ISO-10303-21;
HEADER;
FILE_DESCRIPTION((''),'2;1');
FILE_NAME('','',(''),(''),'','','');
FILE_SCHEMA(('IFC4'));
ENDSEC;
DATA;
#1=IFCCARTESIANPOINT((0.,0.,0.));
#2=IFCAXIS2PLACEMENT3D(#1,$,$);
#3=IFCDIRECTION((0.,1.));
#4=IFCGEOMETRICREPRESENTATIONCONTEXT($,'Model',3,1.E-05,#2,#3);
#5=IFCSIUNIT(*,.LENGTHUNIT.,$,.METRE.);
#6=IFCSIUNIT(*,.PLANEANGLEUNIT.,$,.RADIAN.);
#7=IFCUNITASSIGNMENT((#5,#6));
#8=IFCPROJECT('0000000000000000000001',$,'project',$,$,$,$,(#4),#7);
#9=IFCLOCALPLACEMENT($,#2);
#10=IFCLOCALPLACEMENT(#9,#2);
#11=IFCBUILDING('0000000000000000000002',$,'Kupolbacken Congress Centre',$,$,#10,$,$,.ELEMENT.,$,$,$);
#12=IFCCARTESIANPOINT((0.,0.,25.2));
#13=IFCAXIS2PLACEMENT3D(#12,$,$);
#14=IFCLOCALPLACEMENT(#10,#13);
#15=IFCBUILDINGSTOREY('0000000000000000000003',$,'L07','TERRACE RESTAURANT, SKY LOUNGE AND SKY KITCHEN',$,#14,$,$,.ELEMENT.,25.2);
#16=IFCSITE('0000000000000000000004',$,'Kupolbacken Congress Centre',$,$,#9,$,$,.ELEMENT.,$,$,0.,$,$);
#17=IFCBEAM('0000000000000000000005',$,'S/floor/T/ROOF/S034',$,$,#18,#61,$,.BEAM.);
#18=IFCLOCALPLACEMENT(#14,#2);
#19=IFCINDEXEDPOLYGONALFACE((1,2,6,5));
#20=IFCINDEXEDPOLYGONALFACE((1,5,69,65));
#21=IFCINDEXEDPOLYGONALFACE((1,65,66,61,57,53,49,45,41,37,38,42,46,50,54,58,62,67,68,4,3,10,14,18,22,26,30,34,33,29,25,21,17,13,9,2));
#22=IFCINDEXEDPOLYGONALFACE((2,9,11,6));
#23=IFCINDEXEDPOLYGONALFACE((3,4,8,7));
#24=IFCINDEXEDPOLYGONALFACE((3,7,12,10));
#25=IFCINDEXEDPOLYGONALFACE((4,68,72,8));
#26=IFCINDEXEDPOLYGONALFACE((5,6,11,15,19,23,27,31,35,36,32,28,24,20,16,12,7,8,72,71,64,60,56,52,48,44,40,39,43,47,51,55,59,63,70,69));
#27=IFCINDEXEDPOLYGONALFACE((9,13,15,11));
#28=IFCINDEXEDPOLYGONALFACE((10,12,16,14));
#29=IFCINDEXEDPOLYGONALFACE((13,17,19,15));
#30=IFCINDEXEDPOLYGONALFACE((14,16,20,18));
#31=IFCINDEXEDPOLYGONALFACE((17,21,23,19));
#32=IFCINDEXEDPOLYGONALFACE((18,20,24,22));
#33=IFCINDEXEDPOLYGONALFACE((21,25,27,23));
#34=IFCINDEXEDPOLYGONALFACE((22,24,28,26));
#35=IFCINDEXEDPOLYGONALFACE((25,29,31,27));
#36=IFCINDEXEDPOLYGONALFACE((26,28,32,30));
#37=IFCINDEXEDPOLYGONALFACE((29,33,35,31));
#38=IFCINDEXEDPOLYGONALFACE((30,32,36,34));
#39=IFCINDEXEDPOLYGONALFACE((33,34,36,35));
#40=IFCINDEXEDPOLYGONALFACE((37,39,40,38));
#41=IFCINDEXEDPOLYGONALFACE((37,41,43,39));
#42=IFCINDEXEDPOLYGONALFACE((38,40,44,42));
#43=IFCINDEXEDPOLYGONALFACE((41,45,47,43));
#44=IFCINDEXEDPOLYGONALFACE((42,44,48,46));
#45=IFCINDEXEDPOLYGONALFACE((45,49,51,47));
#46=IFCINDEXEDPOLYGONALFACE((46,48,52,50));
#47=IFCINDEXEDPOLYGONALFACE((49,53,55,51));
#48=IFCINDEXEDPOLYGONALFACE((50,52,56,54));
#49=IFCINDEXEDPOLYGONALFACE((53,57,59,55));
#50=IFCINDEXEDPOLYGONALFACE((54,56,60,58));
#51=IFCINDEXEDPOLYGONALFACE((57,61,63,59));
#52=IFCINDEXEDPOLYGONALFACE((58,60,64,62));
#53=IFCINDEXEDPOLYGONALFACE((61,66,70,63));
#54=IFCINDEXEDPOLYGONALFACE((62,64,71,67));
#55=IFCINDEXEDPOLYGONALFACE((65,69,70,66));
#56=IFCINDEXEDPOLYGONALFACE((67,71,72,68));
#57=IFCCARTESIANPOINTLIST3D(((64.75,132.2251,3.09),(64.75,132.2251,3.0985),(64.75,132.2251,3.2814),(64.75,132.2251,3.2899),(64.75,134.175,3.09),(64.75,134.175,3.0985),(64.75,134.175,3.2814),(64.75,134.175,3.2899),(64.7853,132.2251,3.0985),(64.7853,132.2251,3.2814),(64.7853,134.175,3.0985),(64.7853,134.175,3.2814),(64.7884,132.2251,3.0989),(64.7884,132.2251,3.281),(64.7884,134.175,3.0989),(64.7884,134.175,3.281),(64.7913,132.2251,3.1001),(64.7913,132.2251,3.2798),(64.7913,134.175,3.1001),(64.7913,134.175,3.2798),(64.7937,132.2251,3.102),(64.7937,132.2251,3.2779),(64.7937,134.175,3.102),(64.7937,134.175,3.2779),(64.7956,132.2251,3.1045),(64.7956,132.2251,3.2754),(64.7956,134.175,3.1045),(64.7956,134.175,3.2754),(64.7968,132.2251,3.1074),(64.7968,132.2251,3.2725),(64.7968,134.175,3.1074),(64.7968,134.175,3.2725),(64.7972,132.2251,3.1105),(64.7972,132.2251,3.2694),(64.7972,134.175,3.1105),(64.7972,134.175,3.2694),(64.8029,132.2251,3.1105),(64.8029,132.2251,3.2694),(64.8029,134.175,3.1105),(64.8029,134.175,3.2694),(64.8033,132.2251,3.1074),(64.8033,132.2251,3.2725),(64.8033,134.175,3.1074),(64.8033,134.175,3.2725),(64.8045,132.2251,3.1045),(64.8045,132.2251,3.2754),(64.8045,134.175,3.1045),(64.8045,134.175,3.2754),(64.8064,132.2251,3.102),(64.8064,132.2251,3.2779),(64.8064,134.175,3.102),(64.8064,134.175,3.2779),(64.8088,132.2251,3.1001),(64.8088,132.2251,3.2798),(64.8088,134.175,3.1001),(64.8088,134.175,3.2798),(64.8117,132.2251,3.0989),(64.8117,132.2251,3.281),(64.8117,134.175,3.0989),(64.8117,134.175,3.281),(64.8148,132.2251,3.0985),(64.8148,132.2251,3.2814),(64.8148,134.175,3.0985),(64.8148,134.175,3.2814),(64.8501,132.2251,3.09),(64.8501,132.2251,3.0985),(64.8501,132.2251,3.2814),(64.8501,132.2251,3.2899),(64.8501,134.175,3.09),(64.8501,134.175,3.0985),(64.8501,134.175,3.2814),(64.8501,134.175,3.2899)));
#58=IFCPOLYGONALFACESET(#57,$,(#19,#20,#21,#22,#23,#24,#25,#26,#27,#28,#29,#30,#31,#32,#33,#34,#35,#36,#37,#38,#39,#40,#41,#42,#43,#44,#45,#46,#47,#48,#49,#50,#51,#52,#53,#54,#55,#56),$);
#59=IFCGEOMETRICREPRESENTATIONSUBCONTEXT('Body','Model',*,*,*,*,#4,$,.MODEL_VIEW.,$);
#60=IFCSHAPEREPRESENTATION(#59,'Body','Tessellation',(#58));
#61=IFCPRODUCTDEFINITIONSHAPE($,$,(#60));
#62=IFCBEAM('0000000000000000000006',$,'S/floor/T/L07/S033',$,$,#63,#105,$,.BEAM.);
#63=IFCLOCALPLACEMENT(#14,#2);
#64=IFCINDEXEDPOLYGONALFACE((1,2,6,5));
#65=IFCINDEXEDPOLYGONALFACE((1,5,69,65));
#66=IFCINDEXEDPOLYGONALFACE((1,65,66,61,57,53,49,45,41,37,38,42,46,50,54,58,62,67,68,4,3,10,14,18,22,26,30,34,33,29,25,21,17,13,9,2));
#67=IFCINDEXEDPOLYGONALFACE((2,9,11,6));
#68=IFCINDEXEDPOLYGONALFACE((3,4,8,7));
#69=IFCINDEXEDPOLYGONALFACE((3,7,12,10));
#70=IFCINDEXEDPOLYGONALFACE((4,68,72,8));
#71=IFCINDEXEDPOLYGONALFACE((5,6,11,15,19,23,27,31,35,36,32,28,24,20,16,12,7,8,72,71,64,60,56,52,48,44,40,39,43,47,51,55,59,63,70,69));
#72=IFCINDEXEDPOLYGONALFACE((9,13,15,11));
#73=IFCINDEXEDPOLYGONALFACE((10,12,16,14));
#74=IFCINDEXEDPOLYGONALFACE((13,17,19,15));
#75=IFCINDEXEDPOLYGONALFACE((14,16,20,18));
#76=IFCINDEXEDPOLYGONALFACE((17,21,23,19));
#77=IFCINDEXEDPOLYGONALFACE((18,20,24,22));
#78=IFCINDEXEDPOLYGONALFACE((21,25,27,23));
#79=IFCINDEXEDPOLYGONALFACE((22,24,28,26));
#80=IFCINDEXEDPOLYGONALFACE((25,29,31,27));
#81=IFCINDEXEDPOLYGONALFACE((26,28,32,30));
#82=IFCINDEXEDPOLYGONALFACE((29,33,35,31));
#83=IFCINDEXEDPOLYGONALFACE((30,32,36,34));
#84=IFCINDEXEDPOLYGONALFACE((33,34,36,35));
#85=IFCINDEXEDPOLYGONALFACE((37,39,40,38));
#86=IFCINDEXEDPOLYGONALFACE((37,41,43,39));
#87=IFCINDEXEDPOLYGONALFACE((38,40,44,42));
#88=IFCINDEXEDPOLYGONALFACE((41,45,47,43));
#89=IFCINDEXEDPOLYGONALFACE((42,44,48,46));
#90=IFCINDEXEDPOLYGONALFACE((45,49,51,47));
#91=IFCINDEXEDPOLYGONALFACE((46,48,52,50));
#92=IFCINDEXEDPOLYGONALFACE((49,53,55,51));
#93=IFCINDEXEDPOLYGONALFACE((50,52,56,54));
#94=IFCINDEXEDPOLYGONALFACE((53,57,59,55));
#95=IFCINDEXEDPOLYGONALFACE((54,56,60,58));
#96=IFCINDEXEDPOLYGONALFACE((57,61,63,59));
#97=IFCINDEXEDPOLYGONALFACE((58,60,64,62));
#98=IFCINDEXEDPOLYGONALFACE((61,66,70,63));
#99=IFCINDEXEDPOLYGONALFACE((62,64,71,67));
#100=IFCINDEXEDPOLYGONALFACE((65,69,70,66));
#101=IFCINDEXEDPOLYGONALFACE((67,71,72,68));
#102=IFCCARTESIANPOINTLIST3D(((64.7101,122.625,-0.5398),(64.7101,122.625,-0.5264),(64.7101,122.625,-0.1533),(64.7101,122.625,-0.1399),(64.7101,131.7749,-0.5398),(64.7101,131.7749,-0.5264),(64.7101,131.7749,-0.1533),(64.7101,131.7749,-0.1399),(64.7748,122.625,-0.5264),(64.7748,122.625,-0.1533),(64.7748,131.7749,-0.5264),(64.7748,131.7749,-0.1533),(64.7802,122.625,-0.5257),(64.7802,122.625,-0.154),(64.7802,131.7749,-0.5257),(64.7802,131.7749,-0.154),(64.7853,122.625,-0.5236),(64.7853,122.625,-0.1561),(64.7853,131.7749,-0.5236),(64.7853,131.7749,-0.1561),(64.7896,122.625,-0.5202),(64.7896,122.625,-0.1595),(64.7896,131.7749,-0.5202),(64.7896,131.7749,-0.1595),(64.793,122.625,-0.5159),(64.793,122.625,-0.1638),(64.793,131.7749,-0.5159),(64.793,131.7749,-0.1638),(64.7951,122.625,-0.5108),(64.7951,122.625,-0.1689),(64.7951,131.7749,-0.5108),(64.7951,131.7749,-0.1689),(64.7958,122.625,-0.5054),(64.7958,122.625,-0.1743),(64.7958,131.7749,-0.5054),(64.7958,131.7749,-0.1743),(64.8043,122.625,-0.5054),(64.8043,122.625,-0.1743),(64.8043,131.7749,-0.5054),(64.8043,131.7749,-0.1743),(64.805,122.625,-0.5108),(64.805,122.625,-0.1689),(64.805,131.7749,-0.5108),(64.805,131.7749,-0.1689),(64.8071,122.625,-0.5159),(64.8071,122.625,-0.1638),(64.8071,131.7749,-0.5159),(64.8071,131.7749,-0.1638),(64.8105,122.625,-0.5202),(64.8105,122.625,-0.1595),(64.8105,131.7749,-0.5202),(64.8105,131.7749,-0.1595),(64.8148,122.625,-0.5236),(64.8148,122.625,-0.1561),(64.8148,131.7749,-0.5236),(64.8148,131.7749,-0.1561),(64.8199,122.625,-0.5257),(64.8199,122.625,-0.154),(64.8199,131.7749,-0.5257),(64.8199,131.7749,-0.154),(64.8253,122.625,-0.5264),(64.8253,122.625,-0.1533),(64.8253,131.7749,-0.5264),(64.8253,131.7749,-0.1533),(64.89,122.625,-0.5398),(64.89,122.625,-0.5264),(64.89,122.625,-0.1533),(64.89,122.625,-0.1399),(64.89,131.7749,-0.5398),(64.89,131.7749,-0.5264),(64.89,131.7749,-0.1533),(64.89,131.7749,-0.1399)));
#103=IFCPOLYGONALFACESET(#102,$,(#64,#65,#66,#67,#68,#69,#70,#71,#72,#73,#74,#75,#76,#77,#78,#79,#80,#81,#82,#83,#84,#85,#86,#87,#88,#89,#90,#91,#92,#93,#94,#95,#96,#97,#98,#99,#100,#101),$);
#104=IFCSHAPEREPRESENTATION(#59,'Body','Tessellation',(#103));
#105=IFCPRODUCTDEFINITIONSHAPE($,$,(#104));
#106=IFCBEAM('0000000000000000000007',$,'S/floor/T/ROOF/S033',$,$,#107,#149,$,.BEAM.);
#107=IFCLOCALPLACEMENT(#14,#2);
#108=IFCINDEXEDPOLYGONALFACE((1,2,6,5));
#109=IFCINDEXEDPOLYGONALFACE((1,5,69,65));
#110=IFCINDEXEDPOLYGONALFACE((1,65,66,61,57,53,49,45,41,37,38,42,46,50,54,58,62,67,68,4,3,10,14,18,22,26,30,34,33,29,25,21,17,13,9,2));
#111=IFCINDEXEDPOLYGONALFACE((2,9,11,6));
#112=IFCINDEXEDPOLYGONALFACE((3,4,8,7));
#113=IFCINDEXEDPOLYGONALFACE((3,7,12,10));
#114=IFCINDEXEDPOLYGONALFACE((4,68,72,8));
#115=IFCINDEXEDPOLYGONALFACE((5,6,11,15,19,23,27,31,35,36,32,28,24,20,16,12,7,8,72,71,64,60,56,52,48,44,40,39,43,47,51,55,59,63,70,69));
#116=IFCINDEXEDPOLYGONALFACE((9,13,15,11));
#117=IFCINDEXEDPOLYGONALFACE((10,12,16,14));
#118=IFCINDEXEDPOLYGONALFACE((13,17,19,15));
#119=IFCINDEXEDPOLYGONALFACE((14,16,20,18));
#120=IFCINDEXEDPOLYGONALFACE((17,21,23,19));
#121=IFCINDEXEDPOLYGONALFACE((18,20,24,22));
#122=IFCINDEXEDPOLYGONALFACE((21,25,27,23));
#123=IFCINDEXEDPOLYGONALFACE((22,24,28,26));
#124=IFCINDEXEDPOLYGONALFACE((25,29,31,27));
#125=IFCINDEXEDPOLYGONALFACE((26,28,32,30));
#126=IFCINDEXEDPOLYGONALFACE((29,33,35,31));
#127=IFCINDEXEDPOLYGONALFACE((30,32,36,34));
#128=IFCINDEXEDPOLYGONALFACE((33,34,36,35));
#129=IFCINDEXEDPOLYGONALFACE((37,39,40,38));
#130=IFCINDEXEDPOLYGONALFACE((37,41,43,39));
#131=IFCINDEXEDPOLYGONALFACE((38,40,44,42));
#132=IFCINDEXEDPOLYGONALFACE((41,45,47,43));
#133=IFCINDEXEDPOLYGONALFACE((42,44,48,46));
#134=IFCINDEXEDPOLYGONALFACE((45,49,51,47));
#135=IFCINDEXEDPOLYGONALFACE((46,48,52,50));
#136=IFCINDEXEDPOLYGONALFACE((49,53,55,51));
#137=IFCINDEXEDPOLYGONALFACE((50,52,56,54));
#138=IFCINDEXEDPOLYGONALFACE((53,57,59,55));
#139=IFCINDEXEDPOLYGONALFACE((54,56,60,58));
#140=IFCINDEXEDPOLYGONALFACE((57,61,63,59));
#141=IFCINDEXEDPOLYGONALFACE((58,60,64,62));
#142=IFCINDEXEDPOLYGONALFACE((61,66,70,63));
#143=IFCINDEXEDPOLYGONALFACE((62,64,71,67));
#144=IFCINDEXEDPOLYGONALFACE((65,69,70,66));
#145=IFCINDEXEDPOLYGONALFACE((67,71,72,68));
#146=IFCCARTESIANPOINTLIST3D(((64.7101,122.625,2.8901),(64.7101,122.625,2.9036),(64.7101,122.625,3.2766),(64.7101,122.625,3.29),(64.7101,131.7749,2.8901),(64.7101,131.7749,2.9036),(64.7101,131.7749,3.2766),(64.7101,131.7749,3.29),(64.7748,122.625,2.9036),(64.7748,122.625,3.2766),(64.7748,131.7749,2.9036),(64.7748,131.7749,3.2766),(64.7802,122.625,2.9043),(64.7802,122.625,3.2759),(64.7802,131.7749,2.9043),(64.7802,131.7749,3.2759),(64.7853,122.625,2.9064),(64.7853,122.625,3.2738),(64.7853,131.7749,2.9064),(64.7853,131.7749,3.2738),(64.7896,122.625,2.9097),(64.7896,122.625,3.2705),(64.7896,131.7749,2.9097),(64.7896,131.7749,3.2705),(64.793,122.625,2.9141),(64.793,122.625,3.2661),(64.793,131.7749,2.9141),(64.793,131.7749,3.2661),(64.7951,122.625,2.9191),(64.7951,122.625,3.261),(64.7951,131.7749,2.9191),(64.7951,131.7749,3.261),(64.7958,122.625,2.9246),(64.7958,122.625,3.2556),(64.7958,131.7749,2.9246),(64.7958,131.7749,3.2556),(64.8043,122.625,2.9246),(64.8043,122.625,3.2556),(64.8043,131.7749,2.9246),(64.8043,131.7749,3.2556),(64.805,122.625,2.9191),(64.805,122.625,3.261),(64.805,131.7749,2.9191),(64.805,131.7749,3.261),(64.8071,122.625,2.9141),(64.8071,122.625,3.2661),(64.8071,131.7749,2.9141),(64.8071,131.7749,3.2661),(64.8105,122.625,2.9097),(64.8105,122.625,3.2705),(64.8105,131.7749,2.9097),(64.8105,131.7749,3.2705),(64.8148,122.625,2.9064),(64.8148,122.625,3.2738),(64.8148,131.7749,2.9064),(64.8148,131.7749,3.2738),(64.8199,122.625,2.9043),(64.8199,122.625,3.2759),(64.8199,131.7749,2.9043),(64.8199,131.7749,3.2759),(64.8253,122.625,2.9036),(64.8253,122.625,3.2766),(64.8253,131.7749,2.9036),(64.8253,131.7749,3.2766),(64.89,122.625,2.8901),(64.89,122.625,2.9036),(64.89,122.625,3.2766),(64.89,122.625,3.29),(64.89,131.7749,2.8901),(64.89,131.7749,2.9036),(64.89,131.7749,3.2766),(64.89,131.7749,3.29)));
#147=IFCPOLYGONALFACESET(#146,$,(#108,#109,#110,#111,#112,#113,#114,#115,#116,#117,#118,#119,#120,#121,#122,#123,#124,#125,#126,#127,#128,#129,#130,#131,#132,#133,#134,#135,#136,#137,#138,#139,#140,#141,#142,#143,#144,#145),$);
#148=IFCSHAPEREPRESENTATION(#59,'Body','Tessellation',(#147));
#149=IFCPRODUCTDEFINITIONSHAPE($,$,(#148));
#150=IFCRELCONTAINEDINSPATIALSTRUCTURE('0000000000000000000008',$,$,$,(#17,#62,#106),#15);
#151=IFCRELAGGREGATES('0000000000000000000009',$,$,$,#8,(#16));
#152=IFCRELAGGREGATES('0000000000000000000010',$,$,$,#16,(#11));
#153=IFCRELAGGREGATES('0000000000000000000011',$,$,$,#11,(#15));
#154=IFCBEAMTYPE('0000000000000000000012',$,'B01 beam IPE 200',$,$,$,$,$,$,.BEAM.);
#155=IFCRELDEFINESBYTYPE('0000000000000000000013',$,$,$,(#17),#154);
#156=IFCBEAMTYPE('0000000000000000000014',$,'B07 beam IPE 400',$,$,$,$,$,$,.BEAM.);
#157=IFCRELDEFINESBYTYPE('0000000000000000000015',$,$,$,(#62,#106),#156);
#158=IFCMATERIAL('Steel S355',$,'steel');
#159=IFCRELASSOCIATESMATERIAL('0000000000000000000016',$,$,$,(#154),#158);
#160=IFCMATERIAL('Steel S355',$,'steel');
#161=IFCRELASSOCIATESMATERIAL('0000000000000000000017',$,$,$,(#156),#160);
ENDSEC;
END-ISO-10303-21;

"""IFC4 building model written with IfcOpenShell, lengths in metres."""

from ifc_helpers import new_model, si_unit, direction, frame, origin, origin_2d, place, context, subcontext, project, spatial, i_section, extrude, material, material_profile, profile_set, type_object, element, save


model = new_model("IFC4")

# Units and contexts
model_context = context("Model", 3, precision=1e-05, world=origin(), true_north=direction((0.0, 1.0)))
body_context = subcontext(model_context, "Body", "Model", "MODEL_VIEW")
ifc_project = project(units=[si_unit("LENGTHUNIT", "METRE"), si_unit("PLANEANGLEUNIT", "RADIAN")], contexts=[model_context])

# Site, building, storey
site_placement = place(None, origin())
site = spatial("IfcSite", under=ifc_project, at=site_placement, Name="Kupolbacken Congress Centre", CompositionType="ELEMENT", RefElevation=0.0)
building_placement = place(site_placement, origin())
building = spatial("IfcBuilding", under=site, at=building_placement, Name="Kupolbacken Congress Centre", CompositionType="ELEMENT")
storey_placement = place(building_placement, frame((0.0, 0.0, 25.2)))
storey = spatial("IfcBuildingStorey", under=building, at=storey_placement, Name="L07", Description="TERRACE RESTAURANT, SKY LOUNGE AND SKY KITCHEN", CompositionType="ELEMENT", Elevation=25.2)

# Beams
ifc_material_1 = material(Name="Steel S355", Category="steel")
ifc_material_profile_1 = material_profile(ifc_material_1, i_section(OverallWidth=0.1001, OverallDepth=0.2, WebThickness=0.0056, FlangeThickness=0.0085, FilletRadius=0.012, at=origin_2d()), Name="IPE 200")
ifc_profile_set_1 = profile_set([ifc_material_profile_1], Name="Steel S355")
beam_type_1 = type_object("IfcBeamType", Name="B01 beam IPE 200", PredefinedType="BEAM", material=ifc_profile_set_1)
for number, where, z_axis, x_axis, name in (
    (1, (64.8, 132.2251, 3.1899), (0.0, 1.0, 0.0), (-1.0, 0.0, 0.0), "S/floor/T/ROOF/S034"),
):
    element("IfcBeam", number, at=place(storey_placement, frame(where, z_axis=z_axis, x_axis=x_axis)), inside=storey, type_object=beam_type_1, Name=name, PredefinedType="BEAM", context=body_context, shape_type="SweptSolid", body=[
        extrude(i_section(OverallWidth=0.1001, OverallDepth=0.2, WebThickness=0.0056, FlangeThickness=0.0085, FilletRadius=0.012, at=origin_2d()), origin(), (0.0, 0.0, 1.0), 1.95),
    ])
ifc_material_2 = material(Name="Steel S355", Category="steel")
ifc_material_profile_2 = material_profile(ifc_material_2, i_section(OverallWidth=0.1799, OverallDepth=0.3999, WebThickness=0.0085, FlangeThickness=0.0134, FilletRadius=0.021, at=origin_2d()), Name="IPE 400")
ifc_profile_set_2 = profile_set([ifc_material_profile_2], Name="Steel S355")
beam_type_2 = type_object("IfcBeamType", Name="B07 beam IPE 400", PredefinedType="BEAM", material=ifc_profile_set_2)
for number, where, z_axis, x_axis, name in (
    (2, (64.8, 122.625, -0.3398), (0.0, 1.0, 0.0), (-1.0, 0.0, 0.0), "S/floor/T/L07/S033"),
    (3, (64.8, 122.625, 3.0901), (0.0, 1.0, 0.0), (-1.0, 0.0, 0.0), "S/floor/T/ROOF/S033"),
):
    element("IfcBeam", number, at=place(storey_placement, frame(where, z_axis=z_axis, x_axis=x_axis)), inside=storey, type_object=beam_type_2, Name=name, PredefinedType="BEAM", context=body_context, shape_type="SweptSolid", body=[
        extrude(i_section(OverallWidth=0.1799, OverallDepth=0.3999, WebThickness=0.0085, FlangeThickness=0.0134, FilletRadius=0.021, at=origin_2d()), origin(), (0.0, 0.0, 1.0), 9.1499),
    ])

save(model, "model.ifc")
